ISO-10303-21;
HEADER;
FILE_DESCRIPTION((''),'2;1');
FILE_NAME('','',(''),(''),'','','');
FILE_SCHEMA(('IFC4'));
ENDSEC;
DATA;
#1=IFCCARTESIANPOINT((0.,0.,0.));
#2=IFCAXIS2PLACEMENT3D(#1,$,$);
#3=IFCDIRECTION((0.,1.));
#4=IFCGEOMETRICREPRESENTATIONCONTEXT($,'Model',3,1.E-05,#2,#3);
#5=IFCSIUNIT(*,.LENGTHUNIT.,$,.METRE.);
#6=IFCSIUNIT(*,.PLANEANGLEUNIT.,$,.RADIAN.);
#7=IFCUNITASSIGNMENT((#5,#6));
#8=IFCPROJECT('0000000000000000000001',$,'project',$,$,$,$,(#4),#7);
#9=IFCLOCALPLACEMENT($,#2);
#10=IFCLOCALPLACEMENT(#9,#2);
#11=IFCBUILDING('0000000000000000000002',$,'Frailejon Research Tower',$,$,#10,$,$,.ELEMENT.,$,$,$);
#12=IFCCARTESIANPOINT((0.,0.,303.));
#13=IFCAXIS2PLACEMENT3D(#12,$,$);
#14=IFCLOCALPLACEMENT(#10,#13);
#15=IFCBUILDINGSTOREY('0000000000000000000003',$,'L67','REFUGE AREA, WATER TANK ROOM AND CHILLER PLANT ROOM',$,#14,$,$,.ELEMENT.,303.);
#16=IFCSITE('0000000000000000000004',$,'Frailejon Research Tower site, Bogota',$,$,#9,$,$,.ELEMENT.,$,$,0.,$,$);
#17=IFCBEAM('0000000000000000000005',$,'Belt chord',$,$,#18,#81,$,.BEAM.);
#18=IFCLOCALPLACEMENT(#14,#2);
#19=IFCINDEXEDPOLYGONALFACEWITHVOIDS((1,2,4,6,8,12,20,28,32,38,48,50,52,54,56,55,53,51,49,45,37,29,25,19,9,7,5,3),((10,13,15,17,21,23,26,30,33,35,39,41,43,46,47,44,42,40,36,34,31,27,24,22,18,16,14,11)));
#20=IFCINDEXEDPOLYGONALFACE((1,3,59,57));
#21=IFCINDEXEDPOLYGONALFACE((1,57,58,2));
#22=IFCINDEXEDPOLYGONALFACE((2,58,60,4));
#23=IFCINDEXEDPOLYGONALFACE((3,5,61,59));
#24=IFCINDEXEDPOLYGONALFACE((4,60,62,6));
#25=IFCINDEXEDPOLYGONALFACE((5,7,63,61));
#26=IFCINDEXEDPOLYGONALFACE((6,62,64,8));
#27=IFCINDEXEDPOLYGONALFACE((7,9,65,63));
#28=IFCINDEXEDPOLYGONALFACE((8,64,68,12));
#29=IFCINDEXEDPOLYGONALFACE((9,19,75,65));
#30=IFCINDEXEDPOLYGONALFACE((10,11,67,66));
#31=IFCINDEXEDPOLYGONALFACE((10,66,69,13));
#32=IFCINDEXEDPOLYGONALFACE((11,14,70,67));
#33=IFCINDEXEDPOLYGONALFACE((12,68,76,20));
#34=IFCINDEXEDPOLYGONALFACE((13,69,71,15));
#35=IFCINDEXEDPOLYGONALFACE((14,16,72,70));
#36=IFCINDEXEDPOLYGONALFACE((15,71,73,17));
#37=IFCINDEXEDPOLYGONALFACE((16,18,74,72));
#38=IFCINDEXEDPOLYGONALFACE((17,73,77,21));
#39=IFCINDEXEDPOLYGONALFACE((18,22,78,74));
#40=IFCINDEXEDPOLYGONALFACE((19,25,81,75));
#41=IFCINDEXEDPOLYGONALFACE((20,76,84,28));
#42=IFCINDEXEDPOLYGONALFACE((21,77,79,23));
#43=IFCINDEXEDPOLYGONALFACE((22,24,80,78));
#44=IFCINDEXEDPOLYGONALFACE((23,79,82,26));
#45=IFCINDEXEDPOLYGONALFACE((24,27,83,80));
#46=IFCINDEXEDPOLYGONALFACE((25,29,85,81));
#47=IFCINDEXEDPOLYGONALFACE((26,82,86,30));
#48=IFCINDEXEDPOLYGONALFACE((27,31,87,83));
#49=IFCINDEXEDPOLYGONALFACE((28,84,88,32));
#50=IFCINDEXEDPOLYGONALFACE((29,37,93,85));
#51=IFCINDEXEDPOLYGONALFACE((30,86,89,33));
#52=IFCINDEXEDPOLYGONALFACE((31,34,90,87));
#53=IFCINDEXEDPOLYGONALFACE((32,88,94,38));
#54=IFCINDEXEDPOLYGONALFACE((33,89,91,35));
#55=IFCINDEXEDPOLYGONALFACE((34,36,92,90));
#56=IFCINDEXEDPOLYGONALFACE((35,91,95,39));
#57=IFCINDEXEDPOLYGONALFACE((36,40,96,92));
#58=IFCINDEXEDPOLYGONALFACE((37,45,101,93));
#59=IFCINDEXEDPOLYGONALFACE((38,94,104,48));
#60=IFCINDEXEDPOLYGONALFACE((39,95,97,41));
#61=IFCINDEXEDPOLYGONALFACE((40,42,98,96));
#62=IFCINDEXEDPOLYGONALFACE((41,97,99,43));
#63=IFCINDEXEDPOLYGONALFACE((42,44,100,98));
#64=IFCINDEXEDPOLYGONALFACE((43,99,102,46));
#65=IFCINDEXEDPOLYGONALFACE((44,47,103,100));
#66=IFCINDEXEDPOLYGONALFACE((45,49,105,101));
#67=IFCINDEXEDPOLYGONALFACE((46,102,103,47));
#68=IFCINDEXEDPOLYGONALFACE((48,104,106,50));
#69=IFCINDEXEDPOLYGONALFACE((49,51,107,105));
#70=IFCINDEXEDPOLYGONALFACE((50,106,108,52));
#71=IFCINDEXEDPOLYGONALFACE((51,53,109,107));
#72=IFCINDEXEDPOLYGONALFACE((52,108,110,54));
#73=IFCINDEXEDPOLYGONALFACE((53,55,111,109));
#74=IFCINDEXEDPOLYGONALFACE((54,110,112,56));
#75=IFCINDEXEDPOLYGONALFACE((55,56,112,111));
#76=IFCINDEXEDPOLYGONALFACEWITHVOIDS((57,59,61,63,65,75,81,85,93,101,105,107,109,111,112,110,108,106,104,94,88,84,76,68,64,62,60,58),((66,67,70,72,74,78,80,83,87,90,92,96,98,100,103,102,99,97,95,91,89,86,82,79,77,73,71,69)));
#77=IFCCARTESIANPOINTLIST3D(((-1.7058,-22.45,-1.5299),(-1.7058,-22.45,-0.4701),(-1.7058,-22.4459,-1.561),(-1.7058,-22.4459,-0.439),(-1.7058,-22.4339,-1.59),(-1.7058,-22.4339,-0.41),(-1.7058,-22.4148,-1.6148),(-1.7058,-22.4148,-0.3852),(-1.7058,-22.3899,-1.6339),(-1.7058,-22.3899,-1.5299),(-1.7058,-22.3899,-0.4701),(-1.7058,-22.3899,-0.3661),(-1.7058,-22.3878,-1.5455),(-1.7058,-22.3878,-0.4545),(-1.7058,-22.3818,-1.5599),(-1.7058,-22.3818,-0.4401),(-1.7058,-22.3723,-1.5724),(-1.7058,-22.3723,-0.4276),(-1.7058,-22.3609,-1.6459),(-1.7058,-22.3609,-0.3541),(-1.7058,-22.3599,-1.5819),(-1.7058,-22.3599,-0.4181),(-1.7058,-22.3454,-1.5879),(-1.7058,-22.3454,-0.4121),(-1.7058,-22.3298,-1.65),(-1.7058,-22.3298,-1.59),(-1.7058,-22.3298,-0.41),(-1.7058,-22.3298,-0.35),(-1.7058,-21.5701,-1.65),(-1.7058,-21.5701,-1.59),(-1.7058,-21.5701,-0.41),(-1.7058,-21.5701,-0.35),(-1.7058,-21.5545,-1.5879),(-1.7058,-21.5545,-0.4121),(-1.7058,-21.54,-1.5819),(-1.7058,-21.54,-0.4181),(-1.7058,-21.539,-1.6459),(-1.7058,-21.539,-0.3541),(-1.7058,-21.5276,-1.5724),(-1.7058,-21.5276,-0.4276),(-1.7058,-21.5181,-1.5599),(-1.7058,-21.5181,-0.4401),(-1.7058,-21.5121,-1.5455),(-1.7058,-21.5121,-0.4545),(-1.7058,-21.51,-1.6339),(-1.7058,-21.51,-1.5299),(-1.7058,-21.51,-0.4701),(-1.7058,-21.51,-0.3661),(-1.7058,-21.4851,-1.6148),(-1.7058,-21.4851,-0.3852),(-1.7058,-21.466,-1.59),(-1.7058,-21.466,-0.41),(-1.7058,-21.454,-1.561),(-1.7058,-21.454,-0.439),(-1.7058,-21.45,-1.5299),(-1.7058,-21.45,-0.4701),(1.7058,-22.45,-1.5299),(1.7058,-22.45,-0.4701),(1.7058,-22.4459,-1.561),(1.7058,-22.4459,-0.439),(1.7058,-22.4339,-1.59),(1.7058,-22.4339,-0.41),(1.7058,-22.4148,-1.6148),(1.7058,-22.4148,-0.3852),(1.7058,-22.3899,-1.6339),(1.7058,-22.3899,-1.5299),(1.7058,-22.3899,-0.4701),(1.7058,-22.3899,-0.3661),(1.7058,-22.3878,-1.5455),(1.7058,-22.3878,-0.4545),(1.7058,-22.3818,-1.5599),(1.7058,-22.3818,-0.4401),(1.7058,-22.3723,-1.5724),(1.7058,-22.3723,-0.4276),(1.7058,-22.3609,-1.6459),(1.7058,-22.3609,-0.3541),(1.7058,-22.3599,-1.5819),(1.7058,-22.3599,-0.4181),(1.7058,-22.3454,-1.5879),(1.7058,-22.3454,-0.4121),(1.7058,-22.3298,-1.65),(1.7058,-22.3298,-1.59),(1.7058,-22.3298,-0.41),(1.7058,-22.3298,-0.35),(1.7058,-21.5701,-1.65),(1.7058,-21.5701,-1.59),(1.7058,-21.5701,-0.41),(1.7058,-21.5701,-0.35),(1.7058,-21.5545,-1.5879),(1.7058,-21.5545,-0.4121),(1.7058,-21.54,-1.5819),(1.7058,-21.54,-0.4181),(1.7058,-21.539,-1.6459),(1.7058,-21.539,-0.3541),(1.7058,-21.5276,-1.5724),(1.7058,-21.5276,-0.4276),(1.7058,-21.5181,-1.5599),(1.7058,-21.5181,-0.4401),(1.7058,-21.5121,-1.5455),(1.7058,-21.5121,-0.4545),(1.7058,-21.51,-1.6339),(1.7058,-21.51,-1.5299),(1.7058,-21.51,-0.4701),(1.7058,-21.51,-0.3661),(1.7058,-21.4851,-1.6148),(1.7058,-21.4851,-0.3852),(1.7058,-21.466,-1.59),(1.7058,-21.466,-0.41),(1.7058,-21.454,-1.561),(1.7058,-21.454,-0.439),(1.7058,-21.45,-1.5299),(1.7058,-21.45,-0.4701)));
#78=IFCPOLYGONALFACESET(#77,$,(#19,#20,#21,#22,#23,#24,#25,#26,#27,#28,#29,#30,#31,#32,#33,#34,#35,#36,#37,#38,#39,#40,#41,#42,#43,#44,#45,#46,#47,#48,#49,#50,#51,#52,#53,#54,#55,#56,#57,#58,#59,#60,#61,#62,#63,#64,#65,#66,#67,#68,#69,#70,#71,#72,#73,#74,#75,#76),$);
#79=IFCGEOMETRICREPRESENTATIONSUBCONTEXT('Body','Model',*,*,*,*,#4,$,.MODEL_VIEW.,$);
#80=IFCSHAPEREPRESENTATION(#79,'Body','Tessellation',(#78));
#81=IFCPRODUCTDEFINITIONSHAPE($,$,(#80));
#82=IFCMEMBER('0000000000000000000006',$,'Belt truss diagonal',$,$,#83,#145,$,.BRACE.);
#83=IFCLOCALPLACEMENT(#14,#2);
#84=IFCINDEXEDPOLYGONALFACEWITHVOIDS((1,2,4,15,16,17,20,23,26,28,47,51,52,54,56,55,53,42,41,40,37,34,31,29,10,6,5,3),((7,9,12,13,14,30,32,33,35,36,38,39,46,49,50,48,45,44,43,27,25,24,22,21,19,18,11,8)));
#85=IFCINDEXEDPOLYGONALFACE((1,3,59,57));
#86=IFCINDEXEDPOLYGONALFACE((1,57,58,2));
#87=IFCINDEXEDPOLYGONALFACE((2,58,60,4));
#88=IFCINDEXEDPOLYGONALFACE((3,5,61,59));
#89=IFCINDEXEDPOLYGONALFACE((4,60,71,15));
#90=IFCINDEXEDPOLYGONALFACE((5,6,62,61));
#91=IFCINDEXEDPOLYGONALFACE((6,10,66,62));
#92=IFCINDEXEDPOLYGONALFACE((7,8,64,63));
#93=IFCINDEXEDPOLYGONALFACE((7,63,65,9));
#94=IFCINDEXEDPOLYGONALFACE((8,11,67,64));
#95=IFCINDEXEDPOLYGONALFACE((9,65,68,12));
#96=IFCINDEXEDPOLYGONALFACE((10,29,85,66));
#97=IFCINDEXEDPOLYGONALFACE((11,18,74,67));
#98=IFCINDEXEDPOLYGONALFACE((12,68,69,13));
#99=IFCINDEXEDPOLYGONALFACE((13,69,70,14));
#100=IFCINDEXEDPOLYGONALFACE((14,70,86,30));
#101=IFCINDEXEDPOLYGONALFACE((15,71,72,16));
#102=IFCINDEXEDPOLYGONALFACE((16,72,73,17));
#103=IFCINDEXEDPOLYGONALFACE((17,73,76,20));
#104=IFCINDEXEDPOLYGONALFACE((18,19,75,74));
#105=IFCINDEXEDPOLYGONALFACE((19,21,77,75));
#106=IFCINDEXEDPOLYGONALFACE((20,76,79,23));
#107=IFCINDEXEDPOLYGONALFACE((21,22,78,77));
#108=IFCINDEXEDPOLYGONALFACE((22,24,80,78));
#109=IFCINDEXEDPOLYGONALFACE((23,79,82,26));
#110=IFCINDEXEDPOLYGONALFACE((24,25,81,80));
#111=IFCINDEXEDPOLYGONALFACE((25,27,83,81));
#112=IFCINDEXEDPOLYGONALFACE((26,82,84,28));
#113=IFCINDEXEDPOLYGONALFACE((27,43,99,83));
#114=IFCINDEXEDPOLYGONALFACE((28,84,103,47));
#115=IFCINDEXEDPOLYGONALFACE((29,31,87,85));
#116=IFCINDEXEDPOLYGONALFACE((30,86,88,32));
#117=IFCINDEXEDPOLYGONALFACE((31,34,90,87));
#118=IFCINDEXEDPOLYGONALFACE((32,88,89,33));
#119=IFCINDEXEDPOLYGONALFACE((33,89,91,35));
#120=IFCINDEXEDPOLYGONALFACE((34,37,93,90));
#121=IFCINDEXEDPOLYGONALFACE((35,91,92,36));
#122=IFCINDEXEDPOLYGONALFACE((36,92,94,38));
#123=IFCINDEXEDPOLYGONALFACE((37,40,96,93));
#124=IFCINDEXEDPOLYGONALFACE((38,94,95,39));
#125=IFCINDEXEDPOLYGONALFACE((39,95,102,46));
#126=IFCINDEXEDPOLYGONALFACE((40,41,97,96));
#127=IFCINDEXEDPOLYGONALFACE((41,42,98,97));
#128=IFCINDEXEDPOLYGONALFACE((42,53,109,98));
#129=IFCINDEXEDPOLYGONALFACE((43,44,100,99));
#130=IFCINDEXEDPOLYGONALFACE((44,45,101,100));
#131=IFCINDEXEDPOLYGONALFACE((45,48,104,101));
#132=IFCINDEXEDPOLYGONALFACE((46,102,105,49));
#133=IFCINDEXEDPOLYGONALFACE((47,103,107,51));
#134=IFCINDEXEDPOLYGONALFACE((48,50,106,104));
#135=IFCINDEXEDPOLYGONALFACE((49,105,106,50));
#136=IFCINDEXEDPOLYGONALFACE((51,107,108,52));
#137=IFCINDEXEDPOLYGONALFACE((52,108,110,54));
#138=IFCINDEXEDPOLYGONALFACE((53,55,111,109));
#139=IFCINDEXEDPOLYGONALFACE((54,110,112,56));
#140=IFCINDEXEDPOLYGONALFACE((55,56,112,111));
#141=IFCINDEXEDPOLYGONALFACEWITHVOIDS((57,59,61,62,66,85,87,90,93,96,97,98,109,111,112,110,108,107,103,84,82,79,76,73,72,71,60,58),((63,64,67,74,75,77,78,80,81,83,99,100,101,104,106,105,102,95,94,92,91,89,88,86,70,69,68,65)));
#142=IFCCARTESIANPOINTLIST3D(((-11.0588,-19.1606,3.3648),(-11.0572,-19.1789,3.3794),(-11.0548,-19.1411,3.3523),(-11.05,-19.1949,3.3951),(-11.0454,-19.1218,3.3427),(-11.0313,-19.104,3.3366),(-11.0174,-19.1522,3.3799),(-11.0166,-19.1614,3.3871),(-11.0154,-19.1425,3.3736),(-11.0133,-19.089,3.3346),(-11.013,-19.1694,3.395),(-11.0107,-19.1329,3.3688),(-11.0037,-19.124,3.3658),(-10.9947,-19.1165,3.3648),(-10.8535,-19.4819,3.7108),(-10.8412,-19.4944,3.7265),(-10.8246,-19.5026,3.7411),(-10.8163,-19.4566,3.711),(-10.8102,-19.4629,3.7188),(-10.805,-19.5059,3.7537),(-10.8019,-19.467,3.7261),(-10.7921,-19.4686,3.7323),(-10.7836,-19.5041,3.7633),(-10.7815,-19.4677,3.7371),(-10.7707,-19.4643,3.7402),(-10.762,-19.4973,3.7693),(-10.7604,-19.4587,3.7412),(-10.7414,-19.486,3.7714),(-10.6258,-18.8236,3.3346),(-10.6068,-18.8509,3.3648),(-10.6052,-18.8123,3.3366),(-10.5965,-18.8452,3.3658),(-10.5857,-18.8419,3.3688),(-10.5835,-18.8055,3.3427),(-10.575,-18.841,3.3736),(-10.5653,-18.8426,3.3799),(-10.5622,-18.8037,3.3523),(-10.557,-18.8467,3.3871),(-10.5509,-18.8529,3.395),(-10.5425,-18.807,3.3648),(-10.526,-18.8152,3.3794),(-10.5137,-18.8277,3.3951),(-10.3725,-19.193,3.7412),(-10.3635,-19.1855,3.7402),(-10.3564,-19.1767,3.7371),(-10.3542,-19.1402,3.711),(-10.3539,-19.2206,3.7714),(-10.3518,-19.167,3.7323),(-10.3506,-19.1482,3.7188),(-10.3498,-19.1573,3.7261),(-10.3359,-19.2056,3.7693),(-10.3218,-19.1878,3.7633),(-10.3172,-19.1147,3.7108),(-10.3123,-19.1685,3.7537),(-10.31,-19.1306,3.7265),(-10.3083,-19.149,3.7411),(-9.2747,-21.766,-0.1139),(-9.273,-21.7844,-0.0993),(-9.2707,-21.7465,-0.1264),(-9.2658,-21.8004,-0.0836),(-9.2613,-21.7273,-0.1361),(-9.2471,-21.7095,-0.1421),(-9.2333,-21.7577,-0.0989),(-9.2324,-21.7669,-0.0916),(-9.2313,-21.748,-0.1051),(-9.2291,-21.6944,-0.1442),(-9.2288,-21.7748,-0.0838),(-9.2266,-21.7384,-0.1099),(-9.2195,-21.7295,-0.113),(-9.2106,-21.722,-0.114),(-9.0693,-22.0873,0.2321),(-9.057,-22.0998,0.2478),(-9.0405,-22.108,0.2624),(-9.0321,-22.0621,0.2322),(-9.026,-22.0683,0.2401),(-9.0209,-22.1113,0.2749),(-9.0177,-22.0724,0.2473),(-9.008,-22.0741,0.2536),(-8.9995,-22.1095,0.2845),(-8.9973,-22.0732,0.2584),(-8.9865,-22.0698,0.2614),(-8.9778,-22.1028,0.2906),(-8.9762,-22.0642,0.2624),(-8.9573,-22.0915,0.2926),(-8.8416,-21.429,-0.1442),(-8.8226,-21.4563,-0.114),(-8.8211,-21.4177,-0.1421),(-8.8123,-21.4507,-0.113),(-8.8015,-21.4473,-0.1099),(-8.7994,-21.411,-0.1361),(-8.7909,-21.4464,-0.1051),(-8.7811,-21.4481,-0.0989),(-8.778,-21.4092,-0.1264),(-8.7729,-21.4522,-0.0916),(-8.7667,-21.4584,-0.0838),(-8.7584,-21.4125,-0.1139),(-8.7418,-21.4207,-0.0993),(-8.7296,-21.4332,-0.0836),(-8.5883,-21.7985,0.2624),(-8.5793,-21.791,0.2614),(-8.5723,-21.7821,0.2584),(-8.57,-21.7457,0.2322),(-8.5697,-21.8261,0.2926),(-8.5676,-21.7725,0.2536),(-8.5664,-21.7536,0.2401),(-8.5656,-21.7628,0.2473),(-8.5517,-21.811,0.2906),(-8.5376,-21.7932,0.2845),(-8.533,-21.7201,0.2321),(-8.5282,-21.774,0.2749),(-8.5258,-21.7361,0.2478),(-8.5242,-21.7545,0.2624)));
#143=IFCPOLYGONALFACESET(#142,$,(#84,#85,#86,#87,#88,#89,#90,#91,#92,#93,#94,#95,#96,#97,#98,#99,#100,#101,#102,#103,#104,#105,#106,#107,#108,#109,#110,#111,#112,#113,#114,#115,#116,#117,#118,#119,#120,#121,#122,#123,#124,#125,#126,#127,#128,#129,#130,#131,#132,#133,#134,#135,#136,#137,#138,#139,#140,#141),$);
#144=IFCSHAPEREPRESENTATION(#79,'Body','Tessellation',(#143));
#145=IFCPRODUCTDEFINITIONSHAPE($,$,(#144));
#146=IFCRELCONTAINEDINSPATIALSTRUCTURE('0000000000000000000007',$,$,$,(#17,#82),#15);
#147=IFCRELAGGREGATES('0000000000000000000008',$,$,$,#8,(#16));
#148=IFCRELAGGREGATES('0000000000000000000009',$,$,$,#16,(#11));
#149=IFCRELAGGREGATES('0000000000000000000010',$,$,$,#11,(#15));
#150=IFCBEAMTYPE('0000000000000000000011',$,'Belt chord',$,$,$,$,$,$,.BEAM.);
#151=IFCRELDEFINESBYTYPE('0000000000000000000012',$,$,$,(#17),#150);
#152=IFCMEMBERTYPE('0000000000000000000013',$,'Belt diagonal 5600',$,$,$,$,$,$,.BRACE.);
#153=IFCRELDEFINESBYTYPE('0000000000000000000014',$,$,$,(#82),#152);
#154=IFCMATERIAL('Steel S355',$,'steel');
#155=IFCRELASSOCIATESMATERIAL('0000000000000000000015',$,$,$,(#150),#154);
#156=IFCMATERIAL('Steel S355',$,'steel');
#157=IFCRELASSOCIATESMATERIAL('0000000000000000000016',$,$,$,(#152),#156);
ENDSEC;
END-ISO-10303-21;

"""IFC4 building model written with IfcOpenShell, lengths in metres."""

from ifc_helpers import new_model, si_unit, direction, frame, origin, origin_2d, place, context, subcontext, project, spatial, hollow_rectangle, extrude, material, material_profile, profile_set, type_object, element, save


model = new_model("IFC4")

# Units and contexts
model_context = context("Model", 3, precision=1e-05, world=origin(), true_north=direction((0.0, 1.0)))
body_context = subcontext(model_context, "Body", "Model", "MODEL_VIEW")
ifc_project = project(units=[si_unit("LENGTHUNIT", "METRE"), si_unit("PLANEANGLEUNIT", "RADIAN")], contexts=[model_context])

# Site, building, storey
site_placement = place(None, origin())
site = spatial("IfcSite", under=ifc_project, at=site_placement, Name="Frailejon Research Tower site, Bogota", CompositionType="ELEMENT", RefElevation=0.0)
building_placement = place(site_placement, origin())
building = spatial("IfcBuilding", under=site, at=building_placement, Name="Frailejon Research Tower", CompositionType="ELEMENT")
storey_placement = place(building_placement, frame((0.0, 0.0, 303.0)))
storey = spatial("IfcBuildingStorey", under=building, at=storey_placement, Name="L67", Description="REFUGE AREA, WATER TANK ROOM AND CHILLER PLANT ROOM", CompositionType="ELEMENT", Elevation=303.0)

# Beam
ifc_material_1 = material(Name="Steel S355", Category="steel")
ifc_material_profile_1 = material_profile(ifc_material_1, hollow_rectangle(XDim=1.0, YDim=1.3, WallThickness=0.0601, InnerFilletRadius=0.0601, OuterFilletRadius=0.1201, at=origin_2d()), Name="Belt chord")
ifc_profile_set_1 = profile_set([ifc_material_profile_1], Name="Steel S355")
beam_type_1 = type_object("IfcBeamType", Name="Belt chord", PredefinedType="BEAM", material=ifc_profile_set_1)
for number, where, z_axis, x_axis, name in (
    (1, (-1.7058, -21.95, -1.0), (1.0, 0.0, 0.0), (0.0, 1.0, 0.0), "Belt chord"),
):
    element("IfcBeam", number, at=place(storey_placement, frame(where, z_axis=z_axis, x_axis=x_axis)), inside=storey, type_object=beam_type_1, Name=name, PredefinedType="BEAM", context=body_context, shape_type="SweptSolid", body=[
        extrude(hollow_rectangle(XDim=1.0, YDim=1.3, WallThickness=0.0601, InnerFilletRadius=0.0601, OuterFilletRadius=0.1201, at=origin_2d()), origin(), (0.0, 0.0, 1.0), 3.4116),
    ])

# Member
ifc_material_2 = material(Name="Steel S355", Category="steel")
ifc_material_profile_2 = material_profile(ifc_material_2, hollow_rectangle(XDim=0.6499, YDim=0.6499, WallThickness=0.0449, InnerFilletRadius=0.0449, OuterFilletRadius=0.0901, at=origin_2d()), Name="Belt diagonal 5600")
ifc_profile_set_2 = profile_set([ifc_material_profile_2], Name="Steel S355")
member_type = type_object("IfcMemberType", Name="Belt diagonal 5600", PredefinedType="BRACE", material=ifc_profile_set_2)
member_1_placement = place(storey_placement, frame((-10.6836, -19.1548, 3.553), z_axis=(0.379754, -0.554562, -0.740438), x_axis=(0.825087, 0.565005, 0.0)))
element("IfcMember", 2, at=member_1_placement, inside=storey, type_object=member_type, Name="Belt truss diagonal", PredefinedType="BRACE", context=body_context, shape_type="SweptSolid", body=[
    extrude(hollow_rectangle(XDim=0.6499, YDim=0.6499, WallThickness=0.0449, InnerFilletRadius=0.0449, OuterFilletRadius=0.0901, at=origin_2d()), origin(), (0.0, 0.0, 1.0), 4.6982),
])

save(model, "model.ifc")
